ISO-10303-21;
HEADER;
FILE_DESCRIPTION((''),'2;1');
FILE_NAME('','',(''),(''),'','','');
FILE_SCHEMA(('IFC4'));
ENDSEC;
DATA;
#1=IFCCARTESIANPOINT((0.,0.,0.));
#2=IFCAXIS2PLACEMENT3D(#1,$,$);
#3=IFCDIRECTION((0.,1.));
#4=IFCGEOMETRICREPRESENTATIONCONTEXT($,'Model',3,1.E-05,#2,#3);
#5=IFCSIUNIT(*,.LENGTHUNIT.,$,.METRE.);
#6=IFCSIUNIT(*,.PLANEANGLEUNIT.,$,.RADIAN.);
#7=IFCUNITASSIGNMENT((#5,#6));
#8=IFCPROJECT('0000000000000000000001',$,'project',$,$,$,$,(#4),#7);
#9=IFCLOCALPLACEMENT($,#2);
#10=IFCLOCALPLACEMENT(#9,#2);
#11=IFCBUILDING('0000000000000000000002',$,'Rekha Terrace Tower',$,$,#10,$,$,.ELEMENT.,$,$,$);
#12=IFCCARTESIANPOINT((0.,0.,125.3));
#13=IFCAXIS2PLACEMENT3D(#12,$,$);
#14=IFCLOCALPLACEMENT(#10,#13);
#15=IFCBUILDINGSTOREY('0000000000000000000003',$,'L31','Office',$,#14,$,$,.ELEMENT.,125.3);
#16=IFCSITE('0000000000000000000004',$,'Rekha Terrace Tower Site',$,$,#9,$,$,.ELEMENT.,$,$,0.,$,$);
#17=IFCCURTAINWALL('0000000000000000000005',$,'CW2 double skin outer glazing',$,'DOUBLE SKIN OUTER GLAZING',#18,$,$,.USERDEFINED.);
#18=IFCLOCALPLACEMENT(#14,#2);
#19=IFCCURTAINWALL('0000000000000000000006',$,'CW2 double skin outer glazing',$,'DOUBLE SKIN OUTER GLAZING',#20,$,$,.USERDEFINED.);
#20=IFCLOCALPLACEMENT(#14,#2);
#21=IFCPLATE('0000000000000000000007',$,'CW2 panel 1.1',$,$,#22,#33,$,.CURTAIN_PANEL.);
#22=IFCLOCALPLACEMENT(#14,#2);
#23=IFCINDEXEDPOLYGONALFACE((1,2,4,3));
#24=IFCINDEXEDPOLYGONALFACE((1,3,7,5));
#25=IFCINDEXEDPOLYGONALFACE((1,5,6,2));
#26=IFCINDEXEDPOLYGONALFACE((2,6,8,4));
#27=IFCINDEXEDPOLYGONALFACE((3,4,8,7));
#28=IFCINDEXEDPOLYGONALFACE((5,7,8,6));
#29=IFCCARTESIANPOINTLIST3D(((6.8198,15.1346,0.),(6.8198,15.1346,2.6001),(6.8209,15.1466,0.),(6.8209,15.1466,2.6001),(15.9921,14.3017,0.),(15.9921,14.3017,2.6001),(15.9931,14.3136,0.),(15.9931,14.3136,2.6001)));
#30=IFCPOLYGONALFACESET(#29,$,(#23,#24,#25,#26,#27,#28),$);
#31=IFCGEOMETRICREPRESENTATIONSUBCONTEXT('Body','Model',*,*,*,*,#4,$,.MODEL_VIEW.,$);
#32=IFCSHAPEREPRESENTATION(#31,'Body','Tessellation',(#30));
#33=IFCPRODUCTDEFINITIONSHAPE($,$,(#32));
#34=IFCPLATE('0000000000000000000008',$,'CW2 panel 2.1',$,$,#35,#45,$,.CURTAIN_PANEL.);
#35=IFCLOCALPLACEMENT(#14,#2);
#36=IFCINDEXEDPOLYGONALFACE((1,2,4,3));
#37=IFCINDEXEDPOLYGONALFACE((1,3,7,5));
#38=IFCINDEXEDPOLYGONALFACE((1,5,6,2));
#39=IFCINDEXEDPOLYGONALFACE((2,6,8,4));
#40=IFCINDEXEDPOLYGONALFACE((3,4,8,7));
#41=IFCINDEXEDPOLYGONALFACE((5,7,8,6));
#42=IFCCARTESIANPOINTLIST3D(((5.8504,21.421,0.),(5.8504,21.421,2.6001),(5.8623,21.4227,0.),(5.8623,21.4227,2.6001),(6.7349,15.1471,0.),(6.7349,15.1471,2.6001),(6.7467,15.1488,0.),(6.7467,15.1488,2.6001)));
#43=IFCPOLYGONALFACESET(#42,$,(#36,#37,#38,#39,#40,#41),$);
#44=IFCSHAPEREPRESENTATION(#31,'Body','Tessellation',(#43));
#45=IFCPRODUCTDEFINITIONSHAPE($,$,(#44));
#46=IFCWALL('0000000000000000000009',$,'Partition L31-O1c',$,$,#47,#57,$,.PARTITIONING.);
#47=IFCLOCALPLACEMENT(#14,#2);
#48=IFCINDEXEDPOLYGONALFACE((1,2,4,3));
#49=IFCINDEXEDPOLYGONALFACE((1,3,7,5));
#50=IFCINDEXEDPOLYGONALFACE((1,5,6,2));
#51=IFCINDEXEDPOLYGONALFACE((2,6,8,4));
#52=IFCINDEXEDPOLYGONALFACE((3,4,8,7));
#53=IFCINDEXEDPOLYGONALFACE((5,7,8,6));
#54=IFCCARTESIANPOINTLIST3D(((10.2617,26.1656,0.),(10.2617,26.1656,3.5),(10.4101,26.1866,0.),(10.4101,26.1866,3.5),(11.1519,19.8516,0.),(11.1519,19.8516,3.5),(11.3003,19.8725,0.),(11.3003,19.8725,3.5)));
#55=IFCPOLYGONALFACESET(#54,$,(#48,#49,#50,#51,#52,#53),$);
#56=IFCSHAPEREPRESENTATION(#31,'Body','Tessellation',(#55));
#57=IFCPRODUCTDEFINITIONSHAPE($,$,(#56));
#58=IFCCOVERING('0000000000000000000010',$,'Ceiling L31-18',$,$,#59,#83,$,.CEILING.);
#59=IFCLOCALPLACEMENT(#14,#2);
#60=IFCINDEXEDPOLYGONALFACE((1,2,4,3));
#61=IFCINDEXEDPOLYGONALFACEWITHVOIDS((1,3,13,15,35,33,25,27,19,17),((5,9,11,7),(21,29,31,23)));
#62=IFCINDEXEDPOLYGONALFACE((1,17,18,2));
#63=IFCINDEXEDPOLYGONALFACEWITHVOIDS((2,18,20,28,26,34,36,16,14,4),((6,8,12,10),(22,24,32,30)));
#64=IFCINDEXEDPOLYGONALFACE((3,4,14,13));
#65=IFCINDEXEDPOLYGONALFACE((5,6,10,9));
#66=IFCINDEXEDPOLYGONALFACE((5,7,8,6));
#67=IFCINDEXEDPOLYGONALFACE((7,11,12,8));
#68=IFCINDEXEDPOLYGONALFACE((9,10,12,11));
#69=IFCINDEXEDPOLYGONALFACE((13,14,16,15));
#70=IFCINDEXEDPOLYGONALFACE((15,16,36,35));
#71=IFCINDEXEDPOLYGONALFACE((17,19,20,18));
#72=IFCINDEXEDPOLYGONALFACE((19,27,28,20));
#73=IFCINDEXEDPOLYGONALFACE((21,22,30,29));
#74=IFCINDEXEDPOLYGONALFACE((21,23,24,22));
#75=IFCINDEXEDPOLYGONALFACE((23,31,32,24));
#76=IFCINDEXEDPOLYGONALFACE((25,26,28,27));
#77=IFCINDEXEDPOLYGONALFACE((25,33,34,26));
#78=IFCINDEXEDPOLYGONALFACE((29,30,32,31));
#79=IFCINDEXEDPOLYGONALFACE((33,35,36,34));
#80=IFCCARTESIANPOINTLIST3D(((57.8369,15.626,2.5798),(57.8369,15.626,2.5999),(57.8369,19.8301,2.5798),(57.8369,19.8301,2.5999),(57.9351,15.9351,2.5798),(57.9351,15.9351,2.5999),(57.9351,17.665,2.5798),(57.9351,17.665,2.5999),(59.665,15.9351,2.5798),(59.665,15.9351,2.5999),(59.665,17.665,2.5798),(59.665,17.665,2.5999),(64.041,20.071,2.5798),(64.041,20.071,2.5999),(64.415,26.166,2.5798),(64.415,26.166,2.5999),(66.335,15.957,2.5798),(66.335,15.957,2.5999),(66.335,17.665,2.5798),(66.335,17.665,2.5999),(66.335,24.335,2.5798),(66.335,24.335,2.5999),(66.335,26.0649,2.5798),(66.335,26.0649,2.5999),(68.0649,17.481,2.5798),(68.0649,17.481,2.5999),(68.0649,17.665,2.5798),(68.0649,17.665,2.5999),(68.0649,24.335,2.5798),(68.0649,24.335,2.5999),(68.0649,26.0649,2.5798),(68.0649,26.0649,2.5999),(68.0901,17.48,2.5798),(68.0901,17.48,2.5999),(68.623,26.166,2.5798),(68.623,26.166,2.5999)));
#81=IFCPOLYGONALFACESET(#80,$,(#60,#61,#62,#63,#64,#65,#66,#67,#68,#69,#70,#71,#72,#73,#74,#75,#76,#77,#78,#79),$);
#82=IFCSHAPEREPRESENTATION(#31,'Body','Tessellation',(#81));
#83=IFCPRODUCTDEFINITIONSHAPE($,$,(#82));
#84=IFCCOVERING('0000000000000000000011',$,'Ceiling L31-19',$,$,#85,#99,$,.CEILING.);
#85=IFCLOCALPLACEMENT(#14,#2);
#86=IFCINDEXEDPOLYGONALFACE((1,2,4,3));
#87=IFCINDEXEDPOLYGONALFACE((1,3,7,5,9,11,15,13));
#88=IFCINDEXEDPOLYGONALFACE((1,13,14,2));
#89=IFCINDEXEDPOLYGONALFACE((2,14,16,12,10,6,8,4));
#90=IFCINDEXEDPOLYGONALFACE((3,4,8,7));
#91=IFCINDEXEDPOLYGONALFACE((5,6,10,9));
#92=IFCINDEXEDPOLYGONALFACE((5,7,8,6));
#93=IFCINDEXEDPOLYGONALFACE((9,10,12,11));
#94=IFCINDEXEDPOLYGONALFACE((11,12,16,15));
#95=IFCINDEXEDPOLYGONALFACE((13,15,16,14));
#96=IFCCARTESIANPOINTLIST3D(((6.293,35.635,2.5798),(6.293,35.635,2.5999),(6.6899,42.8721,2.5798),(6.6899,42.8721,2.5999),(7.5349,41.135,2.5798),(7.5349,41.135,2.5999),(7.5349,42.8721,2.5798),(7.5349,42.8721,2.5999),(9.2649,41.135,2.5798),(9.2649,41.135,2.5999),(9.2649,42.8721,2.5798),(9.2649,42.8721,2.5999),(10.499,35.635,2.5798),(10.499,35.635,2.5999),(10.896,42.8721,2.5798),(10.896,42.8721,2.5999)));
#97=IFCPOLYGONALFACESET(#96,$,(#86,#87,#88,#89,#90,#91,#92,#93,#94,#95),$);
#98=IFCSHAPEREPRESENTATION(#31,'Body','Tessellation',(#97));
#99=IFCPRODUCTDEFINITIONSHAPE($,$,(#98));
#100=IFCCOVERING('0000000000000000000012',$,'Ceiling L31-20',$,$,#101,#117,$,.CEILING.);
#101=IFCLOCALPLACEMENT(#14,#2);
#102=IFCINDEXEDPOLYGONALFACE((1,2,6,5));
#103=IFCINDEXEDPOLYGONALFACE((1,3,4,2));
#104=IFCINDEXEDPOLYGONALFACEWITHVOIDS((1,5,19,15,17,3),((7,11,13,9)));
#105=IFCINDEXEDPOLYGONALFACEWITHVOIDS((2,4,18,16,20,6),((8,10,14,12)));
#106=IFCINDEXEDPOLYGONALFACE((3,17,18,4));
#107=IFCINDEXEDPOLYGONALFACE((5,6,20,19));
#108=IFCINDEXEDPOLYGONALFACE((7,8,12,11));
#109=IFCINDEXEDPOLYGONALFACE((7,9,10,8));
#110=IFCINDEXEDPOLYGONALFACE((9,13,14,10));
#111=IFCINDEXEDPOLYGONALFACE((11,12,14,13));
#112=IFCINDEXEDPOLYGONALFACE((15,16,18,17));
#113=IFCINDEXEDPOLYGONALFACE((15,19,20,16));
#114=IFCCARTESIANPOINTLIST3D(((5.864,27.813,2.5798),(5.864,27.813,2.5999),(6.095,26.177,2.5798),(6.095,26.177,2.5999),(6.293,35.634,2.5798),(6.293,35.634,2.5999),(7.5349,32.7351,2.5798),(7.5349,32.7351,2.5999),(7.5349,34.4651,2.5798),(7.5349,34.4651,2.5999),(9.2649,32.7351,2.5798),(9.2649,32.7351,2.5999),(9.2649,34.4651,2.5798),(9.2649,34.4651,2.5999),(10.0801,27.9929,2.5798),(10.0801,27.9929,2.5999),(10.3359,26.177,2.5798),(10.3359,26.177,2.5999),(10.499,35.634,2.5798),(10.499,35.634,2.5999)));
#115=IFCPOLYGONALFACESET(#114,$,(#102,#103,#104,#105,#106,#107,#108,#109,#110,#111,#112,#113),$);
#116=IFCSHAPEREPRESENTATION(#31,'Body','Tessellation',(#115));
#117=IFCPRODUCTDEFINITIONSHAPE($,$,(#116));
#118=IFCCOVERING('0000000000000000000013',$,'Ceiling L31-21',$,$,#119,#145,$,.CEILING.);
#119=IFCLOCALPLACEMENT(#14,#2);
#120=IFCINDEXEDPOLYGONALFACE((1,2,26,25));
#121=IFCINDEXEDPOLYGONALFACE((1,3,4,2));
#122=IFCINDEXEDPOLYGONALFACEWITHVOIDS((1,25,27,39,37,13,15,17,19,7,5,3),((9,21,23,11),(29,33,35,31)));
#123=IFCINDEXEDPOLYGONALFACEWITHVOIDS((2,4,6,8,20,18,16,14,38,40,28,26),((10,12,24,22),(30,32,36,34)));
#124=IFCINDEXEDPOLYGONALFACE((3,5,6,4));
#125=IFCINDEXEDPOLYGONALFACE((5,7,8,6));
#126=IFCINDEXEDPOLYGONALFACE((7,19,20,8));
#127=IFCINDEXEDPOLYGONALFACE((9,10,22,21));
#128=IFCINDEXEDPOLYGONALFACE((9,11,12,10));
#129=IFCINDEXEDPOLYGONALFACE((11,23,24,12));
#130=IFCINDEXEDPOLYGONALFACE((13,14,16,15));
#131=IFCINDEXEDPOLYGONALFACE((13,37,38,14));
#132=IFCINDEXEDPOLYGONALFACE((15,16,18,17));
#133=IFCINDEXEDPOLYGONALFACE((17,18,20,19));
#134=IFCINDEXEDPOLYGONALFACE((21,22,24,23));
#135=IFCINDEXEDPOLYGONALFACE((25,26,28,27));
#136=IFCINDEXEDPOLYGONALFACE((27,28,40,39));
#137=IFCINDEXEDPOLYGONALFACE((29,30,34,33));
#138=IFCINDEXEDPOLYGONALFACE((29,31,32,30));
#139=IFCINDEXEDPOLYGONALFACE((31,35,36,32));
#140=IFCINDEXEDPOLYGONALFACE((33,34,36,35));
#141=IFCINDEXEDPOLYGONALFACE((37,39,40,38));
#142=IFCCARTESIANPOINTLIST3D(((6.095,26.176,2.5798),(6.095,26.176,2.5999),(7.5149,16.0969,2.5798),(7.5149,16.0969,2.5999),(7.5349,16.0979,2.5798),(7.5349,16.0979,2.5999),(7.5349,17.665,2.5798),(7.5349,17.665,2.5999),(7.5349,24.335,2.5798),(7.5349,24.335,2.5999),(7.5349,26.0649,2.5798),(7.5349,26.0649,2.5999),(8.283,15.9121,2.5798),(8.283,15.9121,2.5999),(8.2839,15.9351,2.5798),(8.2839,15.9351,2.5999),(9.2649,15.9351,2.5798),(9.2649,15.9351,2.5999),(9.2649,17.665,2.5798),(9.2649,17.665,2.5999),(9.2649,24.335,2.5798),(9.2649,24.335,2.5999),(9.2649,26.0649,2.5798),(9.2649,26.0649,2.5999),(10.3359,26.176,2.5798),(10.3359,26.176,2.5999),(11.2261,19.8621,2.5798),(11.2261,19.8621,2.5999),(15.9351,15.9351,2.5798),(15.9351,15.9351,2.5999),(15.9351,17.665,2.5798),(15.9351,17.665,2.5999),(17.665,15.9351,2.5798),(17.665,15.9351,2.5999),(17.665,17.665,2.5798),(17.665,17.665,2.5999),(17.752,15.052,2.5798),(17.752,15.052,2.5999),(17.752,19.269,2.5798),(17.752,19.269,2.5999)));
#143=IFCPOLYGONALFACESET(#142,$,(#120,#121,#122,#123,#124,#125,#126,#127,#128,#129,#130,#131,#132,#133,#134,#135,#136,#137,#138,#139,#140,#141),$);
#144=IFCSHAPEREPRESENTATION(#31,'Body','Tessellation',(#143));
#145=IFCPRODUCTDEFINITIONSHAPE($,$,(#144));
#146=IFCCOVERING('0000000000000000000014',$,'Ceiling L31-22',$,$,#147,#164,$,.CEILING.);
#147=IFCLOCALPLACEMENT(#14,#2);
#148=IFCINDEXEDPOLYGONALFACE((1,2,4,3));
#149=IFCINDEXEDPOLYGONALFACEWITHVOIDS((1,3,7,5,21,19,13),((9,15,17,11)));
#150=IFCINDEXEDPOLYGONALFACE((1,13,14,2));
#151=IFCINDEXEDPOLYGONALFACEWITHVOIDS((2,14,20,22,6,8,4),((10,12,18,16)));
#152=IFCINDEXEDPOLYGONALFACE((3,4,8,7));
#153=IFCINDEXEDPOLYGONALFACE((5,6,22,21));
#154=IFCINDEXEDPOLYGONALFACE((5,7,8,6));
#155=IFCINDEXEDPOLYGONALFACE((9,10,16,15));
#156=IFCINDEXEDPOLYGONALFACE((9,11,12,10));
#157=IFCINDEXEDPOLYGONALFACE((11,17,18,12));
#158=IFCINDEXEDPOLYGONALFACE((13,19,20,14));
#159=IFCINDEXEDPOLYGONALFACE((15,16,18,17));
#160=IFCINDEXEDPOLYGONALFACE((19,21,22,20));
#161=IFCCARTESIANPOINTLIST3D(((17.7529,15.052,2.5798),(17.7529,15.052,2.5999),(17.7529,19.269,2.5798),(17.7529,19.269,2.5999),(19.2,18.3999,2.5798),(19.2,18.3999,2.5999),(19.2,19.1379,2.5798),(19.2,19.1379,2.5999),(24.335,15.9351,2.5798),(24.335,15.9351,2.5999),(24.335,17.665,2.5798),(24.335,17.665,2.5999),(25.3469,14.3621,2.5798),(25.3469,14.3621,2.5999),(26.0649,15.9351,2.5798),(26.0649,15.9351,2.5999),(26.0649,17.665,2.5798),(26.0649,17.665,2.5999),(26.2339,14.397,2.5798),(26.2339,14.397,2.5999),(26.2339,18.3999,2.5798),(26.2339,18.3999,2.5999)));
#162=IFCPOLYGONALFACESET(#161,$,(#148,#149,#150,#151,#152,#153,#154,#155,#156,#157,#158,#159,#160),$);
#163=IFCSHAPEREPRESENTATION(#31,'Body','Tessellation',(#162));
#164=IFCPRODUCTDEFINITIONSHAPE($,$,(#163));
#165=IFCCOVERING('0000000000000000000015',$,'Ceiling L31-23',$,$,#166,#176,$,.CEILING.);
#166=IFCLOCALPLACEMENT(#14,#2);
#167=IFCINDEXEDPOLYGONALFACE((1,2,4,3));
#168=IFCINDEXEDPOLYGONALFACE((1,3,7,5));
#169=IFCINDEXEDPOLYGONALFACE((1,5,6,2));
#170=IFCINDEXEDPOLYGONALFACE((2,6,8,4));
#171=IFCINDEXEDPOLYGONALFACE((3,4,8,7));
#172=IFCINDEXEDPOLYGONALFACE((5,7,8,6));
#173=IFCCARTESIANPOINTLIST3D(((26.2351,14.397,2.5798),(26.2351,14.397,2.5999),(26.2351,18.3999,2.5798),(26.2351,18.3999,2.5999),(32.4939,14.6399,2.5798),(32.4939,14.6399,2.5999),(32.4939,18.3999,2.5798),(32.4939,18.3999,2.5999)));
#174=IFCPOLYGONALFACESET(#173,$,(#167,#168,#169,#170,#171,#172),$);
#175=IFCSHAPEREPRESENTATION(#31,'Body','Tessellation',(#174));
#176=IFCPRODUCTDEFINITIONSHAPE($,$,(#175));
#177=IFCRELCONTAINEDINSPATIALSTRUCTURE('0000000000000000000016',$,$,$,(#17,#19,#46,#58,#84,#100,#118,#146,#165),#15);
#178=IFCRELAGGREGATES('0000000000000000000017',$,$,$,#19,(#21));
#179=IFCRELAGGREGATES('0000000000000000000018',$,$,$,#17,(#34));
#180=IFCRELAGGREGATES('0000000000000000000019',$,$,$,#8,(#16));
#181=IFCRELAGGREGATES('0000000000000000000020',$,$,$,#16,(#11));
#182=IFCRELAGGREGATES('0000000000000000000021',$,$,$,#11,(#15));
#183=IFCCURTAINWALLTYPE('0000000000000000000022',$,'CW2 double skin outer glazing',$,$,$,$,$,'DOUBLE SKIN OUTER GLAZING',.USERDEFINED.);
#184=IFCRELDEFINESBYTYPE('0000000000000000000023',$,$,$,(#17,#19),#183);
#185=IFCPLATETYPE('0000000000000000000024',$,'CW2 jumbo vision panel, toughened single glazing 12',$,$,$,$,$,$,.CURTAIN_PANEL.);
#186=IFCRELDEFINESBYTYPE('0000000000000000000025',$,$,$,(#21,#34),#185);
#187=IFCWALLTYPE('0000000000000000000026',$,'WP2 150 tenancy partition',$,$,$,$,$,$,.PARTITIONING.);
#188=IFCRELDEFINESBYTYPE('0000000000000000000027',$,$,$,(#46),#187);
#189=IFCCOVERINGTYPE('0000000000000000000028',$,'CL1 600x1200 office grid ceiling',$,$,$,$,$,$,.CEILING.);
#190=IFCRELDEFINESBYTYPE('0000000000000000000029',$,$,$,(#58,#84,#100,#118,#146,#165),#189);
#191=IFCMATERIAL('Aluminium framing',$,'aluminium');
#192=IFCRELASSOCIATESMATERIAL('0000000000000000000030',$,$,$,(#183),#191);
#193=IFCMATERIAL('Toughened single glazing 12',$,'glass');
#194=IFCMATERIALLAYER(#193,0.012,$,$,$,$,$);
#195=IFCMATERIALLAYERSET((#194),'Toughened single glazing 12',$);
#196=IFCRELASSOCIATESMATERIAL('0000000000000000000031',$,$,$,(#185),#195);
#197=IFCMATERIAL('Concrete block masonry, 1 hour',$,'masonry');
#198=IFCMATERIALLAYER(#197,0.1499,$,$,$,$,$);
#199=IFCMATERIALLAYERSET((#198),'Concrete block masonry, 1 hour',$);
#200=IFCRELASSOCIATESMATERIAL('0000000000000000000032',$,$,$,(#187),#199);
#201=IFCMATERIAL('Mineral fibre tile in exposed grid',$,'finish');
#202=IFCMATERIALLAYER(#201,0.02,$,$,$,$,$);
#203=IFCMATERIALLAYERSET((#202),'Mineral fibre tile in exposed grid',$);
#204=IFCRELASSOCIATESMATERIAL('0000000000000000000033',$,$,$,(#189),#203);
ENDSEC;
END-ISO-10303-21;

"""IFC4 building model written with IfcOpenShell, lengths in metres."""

from ifc_helpers import new_model, si_unit, direction, frame, frame_2d, origin, origin_2d, place, context, subcontext, project, spatial, polyline, rectangle, outline, extrude, material, layer, layer_set, type_object, element, aggregate, save


model = new_model("IFC4")

# Units and contexts
model_context = context("Model", 3, precision=1e-05, world=origin(), true_north=direction((0.0, 1.0)))
body_context = subcontext(model_context, "Body", "Model", "MODEL_VIEW")
ifc_project = project(units=[si_unit("LENGTHUNIT", "METRE"), si_unit("PLANEANGLEUNIT", "RADIAN")], contexts=[model_context])

# Site, building, storey
site_placement = place(None, origin())
site = spatial("IfcSite", under=ifc_project, at=site_placement, Name="Rekha Terrace Tower Site", CompositionType="ELEMENT", RefElevation=0.0)
building_placement = place(site_placement, origin())
building = spatial("IfcBuilding", under=site, at=building_placement, Name="Rekha Terrace Tower", CompositionType="ELEMENT")
storey_placement = place(building_placement, frame((0.0, 0.0, 125.3)))
storey = spatial("IfcBuildingStorey", under=building, at=storey_placement, Name="L31", Description="Office", CompositionType="ELEMENT", Elevation=125.3)

# Curtain wall
ifc_material_1 = material(Name="Aluminium framing", Category="aluminium")
curtain_wall_type_1 = type_object("IfcCurtainWallType", Name="CW2 double skin outer glazing", ElementType="DOUBLE SKIN OUTER GLAZING", PredefinedType="USERDEFINED", material=ifc_material_1)
curtain_wall_1_placement = place(storey_placement, origin())
curtain_wall_1 = element("IfcCurtainWall", 1, at=curtain_wall_1_placement, inside=storey, type_object=curtain_wall_type_1, Name="CW2 double skin outer glazing", ObjectType="DOUBLE SKIN OUTER GLAZING", PredefinedType="USERDEFINED")

# Curtain wall
curtain_wall_2_placement = place(storey_placement, origin())
curtain_wall_2 = element("IfcCurtainWall", 2, at=curtain_wall_2_placement, inside=storey, type_object=curtain_wall_type_1, Name="CW2 double skin outer glazing", ObjectType="DOUBLE SKIN OUTER GLAZING", PredefinedType="USERDEFINED")

# Plates
ifc_material_2 = material(Name="Toughened single glazing 12", Category="glass")
ifc_layer_1 = layer(ifc_material_2, 0.012)
ifc_layer_set_1 = layer_set([ifc_layer_1], Name="Toughened single glazing 12")
plate_type_1 = type_object("IfcPlateType", Name="CW2 jumbo vision panel, toughened single glazing 12", PredefinedType="CURTAIN_PANEL", material=ifc_layer_set_1)
plate_1_placement = place(storey_placement, frame((11.4065, 14.7241, 0.0), z_axis=(0.0, 0.0, 1.0), x_axis=(0.995902, -0.09044, 0.0)))
plate_1 = element("IfcPlate", 3, at=plate_1_placement, type_object=plate_type_1, Name="CW2 panel 1.1", PredefinedType="CURTAIN_PANEL", context=body_context, shape_type="SweptSolid", body=[
    extrude(rectangle(XDim=9.21, YDim=0.012, at=origin_2d()), origin(), (0.0, 0.0, 1.0), 2.6001),
])
aggregate(curtain_wall_2, [plate_1])
plate_2_placement = place(storey_placement, frame((6.2986, 18.2849, 0.0), z_axis=(0.0, 0.0, 1.0), x_axis=(0.139597, -0.990208, 0.0)))
plate_2 = element("IfcPlate", 4, at=plate_2_placement, type_object=plate_type_1, Name="CW2 panel 2.1", PredefinedType="CURTAIN_PANEL", context=body_context, shape_type="SweptSolid", body=[
    extrude(rectangle(XDim=6.3359, YDim=0.012, at=origin_2d()), origin(), (0.0, 0.0, 1.0), 2.6001),
])
aggregate(curtain_wall_1, [plate_2])

# Wall
ifc_material_3 = material(Name="Concrete block masonry, 1 hour", Category="masonry")
ifc_layer_2 = layer(ifc_material_3, 0.1499)
ifc_layer_set_2 = layer_set([ifc_layer_2], Name="Concrete block masonry, 1 hour")
wall_type = type_object("IfcWallType", Name="WP2 150 tenancy partition", PredefinedType="PARTITIONING", material=ifc_layer_set_2)
wall_placement = place(storey_placement, frame((11.2261, 19.8621, 0.0), z_axis=(0.0, 0.0, 1.0), x_axis=(-0.139599, 0.990208, 0.0)))
element("IfcWall", 5, at=wall_placement, inside=storey, type_object=wall_type, Name="Partition L31-O1c", PredefinedType="PARTITIONING", context=body_context, shape_type="SweptSolid", body=[
    extrude(rectangle(XDim=6.3765, YDim=0.1499, at=frame_2d((3.1882, 0.0))), origin(), (0.0, 0.0, 1.0), 3.5),
])

# Coverings
ifc_material_4 = material(Name="Mineral fibre tile in exposed grid", Category="finish")
ifc_layer_3 = layer(ifc_material_4, 0.02)
ifc_layer_set_3 = layer_set([ifc_layer_3], Name="Mineral fibre tile in exposed grid")
covering_type_1 = type_object("IfcCoveringType", Name="CL1 600x1200 office grid ceiling", PredefinedType="CEILING", material=ifc_layer_set_3)
covering_1_placement = place(storey_placement, frame((0.0, 0.0, 2.5798)))
element("IfcCovering", 6, at=covering_1_placement, inside=storey, type_object=covering_type_1, Name="Ceiling L31-18", PredefinedType="CEILING", context=body_context, shape_type="SweptSolid", body=[
    extrude(outline(polyline([(68.0901, 17.48), (68.623, 26.166), (64.415, 26.166), (64.041, 20.071), (57.8369, 19.8301), (57.8369, 15.626), (66.335, 15.957), (66.335, 17.665), (68.0649, 17.665), (68.0649, 17.481), (68.0901, 17.48)]), holes=[polyline([(68.0649, 24.335), (66.335, 24.335), (66.335, 26.0649), (68.0649, 26.0649), (68.0649, 24.335)]), polyline([(59.665, 15.9351), (57.9351, 15.9351), (57.9351, 17.665), (59.665, 17.665), (59.665, 15.9351)])]), origin(), (0.0, 0.0, 1.0), 0.02),
])
covering_2_placement = place(storey_placement, frame((0.0, 0.0, 2.5798)))
element("IfcCovering", 7, at=covering_2_placement, inside=storey, type_object=covering_type_1, Name="Ceiling L31-19", PredefinedType="CEILING", context=body_context, shape_type="SweptSolid", body=[
    extrude(outline(polyline([(9.2649, 41.135), (7.5349, 41.135), (7.5349, 42.8721), (6.6899, 42.8721), (6.293, 35.635), (10.499, 35.635), (10.896, 42.8721), (9.2649, 42.8721), (9.2649, 41.135)])), origin(), (0.0, 0.0, 1.0), 0.02),
])
covering_3_placement = place(storey_placement, frame((0.0, 0.0, 2.5798)))
element("IfcCovering", 8, at=covering_3_placement, inside=storey, type_object=covering_type_1, Name="Ceiling L31-20", PredefinedType="CEILING", context=body_context, shape_type="SweptSolid", body=[
    extrude(outline(polyline([(10.0801, 27.9929), (10.499, 35.634), (6.293, 35.634), (5.864, 27.813), (6.095, 26.177), (10.3359, 26.177), (10.0801, 27.9929)]), holes=[polyline([(9.2649, 32.7351), (7.5349, 32.7351), (7.5349, 34.4651), (9.2649, 34.4651), (9.2649, 32.7351)])]), origin(), (0.0, 0.0, 1.0), 0.02),
])
covering_4_placement = place(storey_placement, frame((0.0, 0.0, 2.5798)))
element("IfcCovering", 9, at=covering_4_placement, inside=storey, type_object=covering_type_1, Name="Ceiling L31-21", PredefinedType="CEILING", context=body_context, shape_type="SweptSolid", body=[
    extrude(outline(polyline([(7.5149, 16.0969), (7.5349, 16.0979), (7.5349, 17.665), (9.2649, 17.665), (9.2649, 15.9351), (8.2839, 15.9351), (8.283, 15.9121), (17.752, 15.052), (17.752, 19.269), (11.2261, 19.8621), (10.3359, 26.176), (6.095, 26.176), (7.5149, 16.0969)]), holes=[polyline([(17.665, 15.9351), (15.9351, 15.9351), (15.9351, 17.665), (17.665, 17.665), (17.665, 15.9351)]), polyline([(9.2649, 24.335), (7.5349, 24.335), (7.5349, 26.0649), (9.2649, 26.0649), (9.2649, 24.335)])]), origin(), (0.0, 0.0, 1.0), 0.02),
])
covering_5_placement = place(storey_placement, frame((0.0, 0.0, 2.5798)))
element("IfcCovering", 10, at=covering_5_placement, inside=storey, type_object=covering_type_1, Name="Ceiling L31-22", PredefinedType="CEILING", context=body_context, shape_type="SweptSolid", body=[
    extrude(outline(polyline([(19.2, 18.3999), (19.2, 19.1379), (17.7529, 19.269), (17.7529, 15.052), (25.3469, 14.3621), (26.2339, 14.397), (26.2339, 18.3999), (19.2, 18.3999)]), holes=[polyline([(26.0649, 17.665), (26.0649, 15.9351), (24.335, 15.9351), (24.335, 17.665), (26.0649, 17.665)])]), origin(), (0.0, 0.0, 1.0), 0.02),
])
covering_6_placement = place(storey_placement, frame((0.0, 0.0, 2.5798)))
element("IfcCovering", 11, at=covering_6_placement, inside=storey, type_object=covering_type_1, Name="Ceiling L31-23", PredefinedType="CEILING", context=body_context, shape_type="SweptSolid", body=[
    extrude(outline(polyline([(26.2351, 18.3999), (26.2351, 14.397), (32.4939, 14.6399), (32.4939, 18.3999), (26.2351, 18.3999)])), origin(), (0.0, 0.0, 1.0), 0.02),
])

save(model, "model.ifc")
